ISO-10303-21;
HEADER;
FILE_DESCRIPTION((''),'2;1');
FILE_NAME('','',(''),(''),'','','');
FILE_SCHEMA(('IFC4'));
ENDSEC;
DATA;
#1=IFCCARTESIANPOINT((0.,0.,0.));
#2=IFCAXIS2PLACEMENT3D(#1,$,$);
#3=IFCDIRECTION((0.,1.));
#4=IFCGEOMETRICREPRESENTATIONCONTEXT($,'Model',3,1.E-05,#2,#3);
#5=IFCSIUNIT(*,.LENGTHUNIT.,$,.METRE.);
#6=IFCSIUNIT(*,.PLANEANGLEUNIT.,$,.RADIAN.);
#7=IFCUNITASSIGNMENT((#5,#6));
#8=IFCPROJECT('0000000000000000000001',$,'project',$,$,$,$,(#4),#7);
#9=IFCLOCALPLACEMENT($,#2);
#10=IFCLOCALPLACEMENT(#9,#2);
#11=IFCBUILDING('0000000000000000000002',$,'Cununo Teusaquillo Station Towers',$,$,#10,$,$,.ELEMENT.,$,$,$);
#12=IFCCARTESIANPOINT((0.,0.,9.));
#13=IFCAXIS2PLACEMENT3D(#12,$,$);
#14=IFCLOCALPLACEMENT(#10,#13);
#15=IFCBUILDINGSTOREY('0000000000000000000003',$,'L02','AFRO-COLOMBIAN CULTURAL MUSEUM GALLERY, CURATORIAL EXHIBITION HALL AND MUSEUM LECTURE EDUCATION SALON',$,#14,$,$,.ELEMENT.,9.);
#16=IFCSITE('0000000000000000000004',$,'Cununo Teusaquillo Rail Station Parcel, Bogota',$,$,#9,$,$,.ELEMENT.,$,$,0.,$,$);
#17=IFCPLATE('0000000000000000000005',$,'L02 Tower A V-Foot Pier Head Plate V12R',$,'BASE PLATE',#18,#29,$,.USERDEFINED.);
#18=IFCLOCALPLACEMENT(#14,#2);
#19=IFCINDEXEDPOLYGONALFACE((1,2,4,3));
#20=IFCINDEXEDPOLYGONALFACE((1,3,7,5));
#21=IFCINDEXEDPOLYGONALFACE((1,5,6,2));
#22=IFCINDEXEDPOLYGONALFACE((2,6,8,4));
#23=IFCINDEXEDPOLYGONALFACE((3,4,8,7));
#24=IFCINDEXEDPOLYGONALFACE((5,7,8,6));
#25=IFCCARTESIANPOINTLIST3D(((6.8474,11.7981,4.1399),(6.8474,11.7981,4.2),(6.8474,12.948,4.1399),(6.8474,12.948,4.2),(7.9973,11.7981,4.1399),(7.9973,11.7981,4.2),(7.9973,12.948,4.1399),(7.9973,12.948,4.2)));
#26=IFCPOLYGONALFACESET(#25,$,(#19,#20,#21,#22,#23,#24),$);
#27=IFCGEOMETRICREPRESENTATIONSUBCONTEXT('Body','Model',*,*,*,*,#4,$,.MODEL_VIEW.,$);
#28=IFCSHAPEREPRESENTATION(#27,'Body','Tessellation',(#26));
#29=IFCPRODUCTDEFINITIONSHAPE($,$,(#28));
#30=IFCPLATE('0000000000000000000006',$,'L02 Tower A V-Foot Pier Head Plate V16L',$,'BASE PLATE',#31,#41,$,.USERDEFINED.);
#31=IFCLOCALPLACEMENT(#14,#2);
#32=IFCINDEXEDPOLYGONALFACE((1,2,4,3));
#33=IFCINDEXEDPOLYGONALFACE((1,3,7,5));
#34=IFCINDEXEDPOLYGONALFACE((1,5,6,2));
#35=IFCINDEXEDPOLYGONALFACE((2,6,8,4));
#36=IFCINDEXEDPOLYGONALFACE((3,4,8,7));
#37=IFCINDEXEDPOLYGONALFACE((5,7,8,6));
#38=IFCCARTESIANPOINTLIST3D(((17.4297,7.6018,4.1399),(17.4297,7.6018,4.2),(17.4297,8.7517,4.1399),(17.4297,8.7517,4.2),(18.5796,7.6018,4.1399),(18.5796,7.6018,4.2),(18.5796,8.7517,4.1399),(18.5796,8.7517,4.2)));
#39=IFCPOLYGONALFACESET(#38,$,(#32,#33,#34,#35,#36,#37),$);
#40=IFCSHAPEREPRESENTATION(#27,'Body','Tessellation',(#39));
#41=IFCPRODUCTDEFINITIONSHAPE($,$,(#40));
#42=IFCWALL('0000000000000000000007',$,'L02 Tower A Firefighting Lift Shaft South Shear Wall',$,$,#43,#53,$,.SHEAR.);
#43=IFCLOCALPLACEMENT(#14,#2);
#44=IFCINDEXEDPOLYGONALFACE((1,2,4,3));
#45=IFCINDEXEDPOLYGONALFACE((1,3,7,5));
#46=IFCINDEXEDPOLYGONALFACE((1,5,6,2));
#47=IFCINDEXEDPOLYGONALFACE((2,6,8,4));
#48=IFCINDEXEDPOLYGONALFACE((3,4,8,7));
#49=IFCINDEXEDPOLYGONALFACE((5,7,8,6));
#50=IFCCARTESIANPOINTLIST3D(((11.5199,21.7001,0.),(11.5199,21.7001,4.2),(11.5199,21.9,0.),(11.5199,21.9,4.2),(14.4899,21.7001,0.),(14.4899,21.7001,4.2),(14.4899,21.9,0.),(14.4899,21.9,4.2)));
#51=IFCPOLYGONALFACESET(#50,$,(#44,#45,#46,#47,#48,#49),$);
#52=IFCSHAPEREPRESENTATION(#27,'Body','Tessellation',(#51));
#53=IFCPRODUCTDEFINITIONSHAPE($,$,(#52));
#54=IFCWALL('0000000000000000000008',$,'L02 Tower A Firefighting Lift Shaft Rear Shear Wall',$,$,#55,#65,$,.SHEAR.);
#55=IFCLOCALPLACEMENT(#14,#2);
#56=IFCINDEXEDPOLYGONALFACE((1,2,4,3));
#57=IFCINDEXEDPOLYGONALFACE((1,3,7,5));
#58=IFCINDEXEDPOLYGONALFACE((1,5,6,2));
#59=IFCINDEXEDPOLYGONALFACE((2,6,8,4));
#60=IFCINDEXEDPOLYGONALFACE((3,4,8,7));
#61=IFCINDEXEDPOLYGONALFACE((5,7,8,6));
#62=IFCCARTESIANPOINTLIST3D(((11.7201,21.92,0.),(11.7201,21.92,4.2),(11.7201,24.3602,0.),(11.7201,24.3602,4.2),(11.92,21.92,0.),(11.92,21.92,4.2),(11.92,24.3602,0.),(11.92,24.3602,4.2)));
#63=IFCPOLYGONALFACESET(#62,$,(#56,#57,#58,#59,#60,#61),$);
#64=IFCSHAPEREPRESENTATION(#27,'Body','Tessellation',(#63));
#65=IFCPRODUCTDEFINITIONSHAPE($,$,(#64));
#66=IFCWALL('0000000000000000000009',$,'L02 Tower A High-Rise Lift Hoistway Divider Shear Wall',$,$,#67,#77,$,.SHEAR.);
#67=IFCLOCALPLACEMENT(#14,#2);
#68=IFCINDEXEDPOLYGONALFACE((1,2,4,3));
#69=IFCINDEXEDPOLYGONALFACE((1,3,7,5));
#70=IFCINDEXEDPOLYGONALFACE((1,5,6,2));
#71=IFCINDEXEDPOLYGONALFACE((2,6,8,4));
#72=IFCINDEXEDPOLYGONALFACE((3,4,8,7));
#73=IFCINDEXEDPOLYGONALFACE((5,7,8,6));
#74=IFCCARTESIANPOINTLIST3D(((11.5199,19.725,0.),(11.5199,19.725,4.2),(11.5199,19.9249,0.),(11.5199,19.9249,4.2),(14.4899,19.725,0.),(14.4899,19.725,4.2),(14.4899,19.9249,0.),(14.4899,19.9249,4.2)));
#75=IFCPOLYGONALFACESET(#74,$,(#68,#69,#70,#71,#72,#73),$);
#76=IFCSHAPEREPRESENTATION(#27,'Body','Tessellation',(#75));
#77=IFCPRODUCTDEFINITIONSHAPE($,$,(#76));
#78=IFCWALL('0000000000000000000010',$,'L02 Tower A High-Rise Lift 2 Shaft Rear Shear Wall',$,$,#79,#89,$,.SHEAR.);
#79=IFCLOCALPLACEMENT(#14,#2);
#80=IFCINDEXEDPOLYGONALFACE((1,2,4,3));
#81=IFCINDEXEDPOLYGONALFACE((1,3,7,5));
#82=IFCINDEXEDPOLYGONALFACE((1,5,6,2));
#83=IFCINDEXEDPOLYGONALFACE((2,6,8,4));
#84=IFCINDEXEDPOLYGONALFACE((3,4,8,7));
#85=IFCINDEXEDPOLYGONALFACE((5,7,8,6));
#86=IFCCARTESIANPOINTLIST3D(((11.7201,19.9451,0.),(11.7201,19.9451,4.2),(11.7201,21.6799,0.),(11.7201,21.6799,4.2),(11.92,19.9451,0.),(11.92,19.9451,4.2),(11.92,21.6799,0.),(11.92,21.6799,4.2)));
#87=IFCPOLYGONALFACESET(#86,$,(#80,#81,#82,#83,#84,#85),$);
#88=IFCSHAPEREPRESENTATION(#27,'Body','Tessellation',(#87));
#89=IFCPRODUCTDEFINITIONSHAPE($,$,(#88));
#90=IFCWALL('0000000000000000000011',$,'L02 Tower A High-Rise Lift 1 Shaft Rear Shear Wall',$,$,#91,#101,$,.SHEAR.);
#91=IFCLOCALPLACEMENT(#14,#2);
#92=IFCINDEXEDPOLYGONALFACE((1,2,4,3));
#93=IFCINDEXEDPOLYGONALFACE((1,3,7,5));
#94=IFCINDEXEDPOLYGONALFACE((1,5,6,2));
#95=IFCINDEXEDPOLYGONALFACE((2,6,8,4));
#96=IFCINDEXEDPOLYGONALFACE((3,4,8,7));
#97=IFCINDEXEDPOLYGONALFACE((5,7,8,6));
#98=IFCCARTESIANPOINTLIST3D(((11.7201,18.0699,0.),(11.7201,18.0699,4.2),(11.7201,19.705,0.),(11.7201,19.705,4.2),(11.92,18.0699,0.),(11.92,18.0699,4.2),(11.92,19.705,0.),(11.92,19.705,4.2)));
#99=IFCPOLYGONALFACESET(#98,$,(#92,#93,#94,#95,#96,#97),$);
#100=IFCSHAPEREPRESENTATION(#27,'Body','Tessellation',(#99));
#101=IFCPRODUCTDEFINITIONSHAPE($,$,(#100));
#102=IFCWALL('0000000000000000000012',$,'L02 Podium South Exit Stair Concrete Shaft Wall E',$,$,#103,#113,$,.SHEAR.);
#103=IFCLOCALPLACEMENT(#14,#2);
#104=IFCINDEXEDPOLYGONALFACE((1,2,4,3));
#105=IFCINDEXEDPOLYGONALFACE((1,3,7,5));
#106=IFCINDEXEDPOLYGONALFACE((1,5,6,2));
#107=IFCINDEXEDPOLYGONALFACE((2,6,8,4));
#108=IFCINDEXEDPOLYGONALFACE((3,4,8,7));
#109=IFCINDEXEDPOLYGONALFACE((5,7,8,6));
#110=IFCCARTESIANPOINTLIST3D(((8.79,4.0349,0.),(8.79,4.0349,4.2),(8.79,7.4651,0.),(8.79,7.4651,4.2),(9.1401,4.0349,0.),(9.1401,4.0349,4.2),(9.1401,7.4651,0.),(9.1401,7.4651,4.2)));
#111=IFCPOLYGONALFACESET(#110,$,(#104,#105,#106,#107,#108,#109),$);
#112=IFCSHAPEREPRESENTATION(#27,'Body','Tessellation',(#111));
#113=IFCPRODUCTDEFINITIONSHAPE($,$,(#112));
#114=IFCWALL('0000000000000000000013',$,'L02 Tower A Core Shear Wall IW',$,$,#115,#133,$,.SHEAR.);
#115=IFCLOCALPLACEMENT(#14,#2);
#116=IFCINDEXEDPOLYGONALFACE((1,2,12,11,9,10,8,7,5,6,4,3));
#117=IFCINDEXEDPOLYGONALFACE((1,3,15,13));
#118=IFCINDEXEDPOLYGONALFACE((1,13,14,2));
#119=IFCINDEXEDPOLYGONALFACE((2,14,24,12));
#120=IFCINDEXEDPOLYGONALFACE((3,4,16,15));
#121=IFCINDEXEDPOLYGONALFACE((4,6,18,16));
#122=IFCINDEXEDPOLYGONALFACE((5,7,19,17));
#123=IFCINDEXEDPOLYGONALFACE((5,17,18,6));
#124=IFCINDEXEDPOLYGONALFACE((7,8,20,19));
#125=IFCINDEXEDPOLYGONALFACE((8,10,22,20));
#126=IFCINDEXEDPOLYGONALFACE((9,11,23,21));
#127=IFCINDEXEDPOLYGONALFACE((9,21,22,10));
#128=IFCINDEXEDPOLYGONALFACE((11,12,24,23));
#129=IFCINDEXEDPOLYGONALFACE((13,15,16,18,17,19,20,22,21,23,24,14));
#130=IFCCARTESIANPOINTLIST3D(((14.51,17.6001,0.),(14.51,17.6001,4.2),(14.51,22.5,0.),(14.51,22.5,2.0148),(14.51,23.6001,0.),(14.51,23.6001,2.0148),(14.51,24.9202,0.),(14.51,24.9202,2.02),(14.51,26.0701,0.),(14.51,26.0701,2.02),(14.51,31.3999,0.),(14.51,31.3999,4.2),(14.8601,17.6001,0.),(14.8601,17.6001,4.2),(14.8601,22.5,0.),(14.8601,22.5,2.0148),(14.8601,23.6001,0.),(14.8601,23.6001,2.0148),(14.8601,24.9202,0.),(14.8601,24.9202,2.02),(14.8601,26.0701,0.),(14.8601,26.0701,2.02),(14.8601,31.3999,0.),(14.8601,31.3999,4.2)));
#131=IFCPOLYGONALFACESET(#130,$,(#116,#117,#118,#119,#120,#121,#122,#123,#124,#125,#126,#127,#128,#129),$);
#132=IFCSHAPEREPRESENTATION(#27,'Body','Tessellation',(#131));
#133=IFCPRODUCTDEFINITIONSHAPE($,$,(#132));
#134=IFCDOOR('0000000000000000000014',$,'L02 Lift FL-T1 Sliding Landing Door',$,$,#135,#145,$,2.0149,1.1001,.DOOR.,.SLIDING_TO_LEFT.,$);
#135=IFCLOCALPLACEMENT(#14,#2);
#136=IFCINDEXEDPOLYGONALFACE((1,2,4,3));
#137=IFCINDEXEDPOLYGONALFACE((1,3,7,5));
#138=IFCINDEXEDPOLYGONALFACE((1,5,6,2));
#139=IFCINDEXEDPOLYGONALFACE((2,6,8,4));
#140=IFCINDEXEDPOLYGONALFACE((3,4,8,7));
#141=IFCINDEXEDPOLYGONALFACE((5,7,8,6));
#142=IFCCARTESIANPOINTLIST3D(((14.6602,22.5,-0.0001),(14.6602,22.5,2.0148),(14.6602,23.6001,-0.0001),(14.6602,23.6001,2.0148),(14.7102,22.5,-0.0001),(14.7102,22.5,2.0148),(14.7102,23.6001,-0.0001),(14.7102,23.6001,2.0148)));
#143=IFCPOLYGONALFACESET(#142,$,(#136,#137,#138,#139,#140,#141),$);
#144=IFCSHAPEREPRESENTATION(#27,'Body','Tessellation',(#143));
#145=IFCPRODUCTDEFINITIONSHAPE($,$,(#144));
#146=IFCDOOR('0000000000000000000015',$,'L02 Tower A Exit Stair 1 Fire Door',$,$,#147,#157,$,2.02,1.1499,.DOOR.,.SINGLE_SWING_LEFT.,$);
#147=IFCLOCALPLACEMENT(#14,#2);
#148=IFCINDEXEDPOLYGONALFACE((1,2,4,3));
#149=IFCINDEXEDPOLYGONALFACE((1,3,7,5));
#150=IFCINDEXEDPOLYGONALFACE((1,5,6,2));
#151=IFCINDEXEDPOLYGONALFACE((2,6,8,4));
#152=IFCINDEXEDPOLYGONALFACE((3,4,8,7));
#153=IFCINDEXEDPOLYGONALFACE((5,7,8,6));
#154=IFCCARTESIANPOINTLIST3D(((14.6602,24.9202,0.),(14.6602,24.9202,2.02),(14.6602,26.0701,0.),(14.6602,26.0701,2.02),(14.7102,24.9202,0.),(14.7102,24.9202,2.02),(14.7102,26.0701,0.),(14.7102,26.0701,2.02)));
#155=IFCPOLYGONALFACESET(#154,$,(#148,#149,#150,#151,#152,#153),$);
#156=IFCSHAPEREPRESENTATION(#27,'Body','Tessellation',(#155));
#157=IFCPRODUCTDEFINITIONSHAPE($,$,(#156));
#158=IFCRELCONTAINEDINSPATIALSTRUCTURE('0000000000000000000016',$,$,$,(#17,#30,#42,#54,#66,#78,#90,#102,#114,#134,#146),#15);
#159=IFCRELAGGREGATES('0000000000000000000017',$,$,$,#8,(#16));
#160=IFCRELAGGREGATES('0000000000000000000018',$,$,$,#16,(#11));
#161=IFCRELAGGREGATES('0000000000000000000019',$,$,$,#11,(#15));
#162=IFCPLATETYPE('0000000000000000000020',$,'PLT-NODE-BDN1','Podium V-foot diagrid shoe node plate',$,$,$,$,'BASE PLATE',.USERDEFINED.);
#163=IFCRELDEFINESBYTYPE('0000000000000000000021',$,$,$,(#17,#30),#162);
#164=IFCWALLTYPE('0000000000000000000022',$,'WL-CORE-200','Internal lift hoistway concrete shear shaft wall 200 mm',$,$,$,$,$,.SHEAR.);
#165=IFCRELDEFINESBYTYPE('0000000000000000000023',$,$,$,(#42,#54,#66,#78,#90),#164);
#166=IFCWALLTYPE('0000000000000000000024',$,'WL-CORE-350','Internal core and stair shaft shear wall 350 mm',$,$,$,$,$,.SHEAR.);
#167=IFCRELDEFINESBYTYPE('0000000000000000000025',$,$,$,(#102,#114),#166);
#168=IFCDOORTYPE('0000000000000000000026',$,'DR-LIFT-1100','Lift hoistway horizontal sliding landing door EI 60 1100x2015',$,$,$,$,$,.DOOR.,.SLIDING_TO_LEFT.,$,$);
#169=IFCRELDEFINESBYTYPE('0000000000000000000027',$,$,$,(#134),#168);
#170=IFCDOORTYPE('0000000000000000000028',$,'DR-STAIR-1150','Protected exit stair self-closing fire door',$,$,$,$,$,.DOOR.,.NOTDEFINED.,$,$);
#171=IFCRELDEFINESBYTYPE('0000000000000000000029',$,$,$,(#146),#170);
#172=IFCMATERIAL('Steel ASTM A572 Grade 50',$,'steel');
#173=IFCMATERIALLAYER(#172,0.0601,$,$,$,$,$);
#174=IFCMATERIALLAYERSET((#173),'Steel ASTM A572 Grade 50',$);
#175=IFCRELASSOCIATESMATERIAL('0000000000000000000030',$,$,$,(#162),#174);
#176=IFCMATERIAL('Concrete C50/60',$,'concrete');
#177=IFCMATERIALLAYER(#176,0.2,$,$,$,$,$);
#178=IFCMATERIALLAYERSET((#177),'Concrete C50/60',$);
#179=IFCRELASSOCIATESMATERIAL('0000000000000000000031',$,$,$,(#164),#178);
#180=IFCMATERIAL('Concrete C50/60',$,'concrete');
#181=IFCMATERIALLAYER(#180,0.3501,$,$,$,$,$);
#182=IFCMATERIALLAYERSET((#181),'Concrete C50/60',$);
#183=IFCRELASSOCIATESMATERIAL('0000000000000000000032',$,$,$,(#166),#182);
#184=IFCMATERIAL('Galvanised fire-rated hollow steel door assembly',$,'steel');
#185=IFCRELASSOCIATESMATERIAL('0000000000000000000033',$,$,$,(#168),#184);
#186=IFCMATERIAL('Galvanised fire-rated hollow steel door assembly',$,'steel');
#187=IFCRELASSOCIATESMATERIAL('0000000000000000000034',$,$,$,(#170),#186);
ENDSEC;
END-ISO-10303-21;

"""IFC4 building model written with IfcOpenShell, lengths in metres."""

from ifc_helpers import new_model, si_unit, direction, frame, frame_2d, origin, origin_2d, place, context, subcontext, project, spatial, rectangle, extrude, source, transform, mapped, material, layer, layer_set, type_object, element, fill, save


model = new_model("IFC4")

# Units and contexts
model_context = context("Model", 3, precision=1e-05, world=origin(), true_north=direction((0.0, 1.0)))
body_context = subcontext(model_context, "Body", "Model", "MODEL_VIEW")
ifc_project = project(units=[si_unit("LENGTHUNIT", "METRE"), si_unit("PLANEANGLEUNIT", "RADIAN")], contexts=[model_context])

# Site, building, storey
site_placement = place(None, origin())
site = spatial("IfcSite", under=ifc_project, at=site_placement, Name="Cununo Teusaquillo Rail Station Parcel, Bogota", CompositionType="ELEMENT", RefElevation=0.0)
building_placement = place(site_placement, origin())
building = spatial("IfcBuilding", under=site, at=building_placement, Name="Cununo Teusaquillo Station Towers", CompositionType="ELEMENT")
storey_placement = place(building_placement, frame((0.0, 0.0, 9.0)))
storey = spatial("IfcBuildingStorey", under=building, at=storey_placement, Name="L02", Description="AFRO-COLOMBIAN CULTURAL MUSEUM GALLERY, CURATORIAL EXHIBITION HALL AND MUSEUM LECTURE EDUCATION SALON", CompositionType="ELEMENT", Elevation=9.0)

# Plates
ifc_material_1 = material(Name="Steel ASTM A572 Grade 50", Category="steel")
ifc_layer_1 = layer(ifc_material_1, 0.0601)
ifc_layer_set_1 = layer_set([ifc_layer_1], Name="Steel ASTM A572 Grade 50")
plate_type = type_object("IfcPlateType", Name="PLT-NODE-BDN1", Description="Podium V-foot diagrid shoe node plate", ElementType="BASE PLATE", PredefinedType="USERDEFINED", material=ifc_layer_set_1)
shared_shape_1 = source(origin(), body_context, "Body", "SweptSolid", [
    extrude(rectangle(XDim=1.1499, YDim=1.1499, at=origin_2d()), origin(), (0.0, 0.0, 1.0), 0.0601),
])
for number, where, z_axis, x_axis, name in (
    (1, (7.4224, 12.373, 4.1399), (0.0, 0.0, 1.0), (1.0, 0.0, 0.0), "L02 Tower A V-Foot Pier Head Plate V12R"),
    (2, (18.0046, 8.1768, 4.1399), (0.0, 0.0, 1.0), (1.0, 0.0, 0.0), "L02 Tower A V-Foot Pier Head Plate V16L"),
):
    element("IfcPlate", number, at=place(storey_placement, frame(where, z_axis=z_axis, x_axis=x_axis)), inside=storey, type_object=plate_type, Name=name, ObjectType="BASE PLATE", PredefinedType="USERDEFINED", context=body_context, shape_type="MappedRepresentation", body=[
        mapped(shared_shape_1, transform((0.0, 0.0, 0.0), x_axis=(1.0, 0.0, 0.0), y_axis=(0.0, 1.0, 0.0), z_axis=(0.0, 0.0, 1.0), scale=1.0)),
    ])

# Walls
ifc_material_2 = material(Name="Concrete C50/60", Category="concrete")
ifc_layer_2 = layer(ifc_material_2, 0.2)
ifc_layer_set_2 = layer_set([ifc_layer_2], Name="Concrete C50/60")
wall_type_1 = type_object("IfcWallType", Name="WL-CORE-200", Description="Internal lift hoistway concrete shear shaft wall 200 mm", PredefinedType="SHEAR", material=ifc_layer_set_2)
wall_1_placement = place(storey_placement, frame((11.52, 21.8, 0.0), z_axis=(0.0, 0.0, 1.0), x_axis=(1.0, 0.0, 0.0)))
element("IfcWall", 3, at=wall_1_placement, inside=storey, type_object=wall_type_1, Name="L02 Tower A Firefighting Lift Shaft South Shear Wall", PredefinedType="SHEAR", context=body_context, shape_type="SweptSolid", body=[
    extrude(rectangle(XDim=2.97, YDim=0.2, at=frame_2d((1.4849, 0.0))), origin(), (0.0, 0.0, 1.0), 4.2),
])
wall_2_placement = place(storey_placement, frame((11.8201, 21.9199, 0.0), z_axis=(0.0, 0.0, 1.0), x_axis=(0.0, 1.0, 0.0)))
element("IfcWall", 4, at=wall_2_placement, inside=storey, type_object=wall_type_1, Name="L02 Tower A Firefighting Lift Shaft Rear Shear Wall", PredefinedType="SHEAR", context=body_context, shape_type="SweptSolid", body=[
    extrude(rectangle(XDim=2.4402, YDim=0.2, at=frame_2d((1.2202, 0.0))), origin(), (0.0, 0.0, 1.0), 4.2),
])
wall_3_placement = place(storey_placement, frame((11.52, 19.825, 0.0), z_axis=(0.0, 0.0, 1.0), x_axis=(1.0, 0.0, 0.0)))
element("IfcWall", 5, at=wall_3_placement, inside=storey, type_object=wall_type_1, Name="L02 Tower A High-Rise Lift Hoistway Divider Shear Wall", PredefinedType="SHEAR", context=body_context, shape_type="SweptSolid", body=[
    extrude(rectangle(XDim=2.97, YDim=0.2, at=frame_2d((1.4849, 0.0))), origin(), (0.0, 0.0, 1.0), 4.2),
])
wall_4_placement = place(storey_placement, frame((11.8201, 19.9451, 0.0), z_axis=(0.0, 0.0, 1.0), x_axis=(0.0, 1.0, 0.0)))
element("IfcWall", 6, at=wall_4_placement, inside=storey, type_object=wall_type_1, Name="L02 Tower A High-Rise Lift 2 Shaft Rear Shear Wall", PredefinedType="SHEAR", context=body_context, shape_type="SweptSolid", body=[
    extrude(rectangle(XDim=1.7349, YDim=0.2, at=frame_2d((0.8674, 0.0))), origin(), (0.0, 0.0, 1.0), 4.2),
])
wall_5_placement = place(storey_placement, frame((11.8201, 18.0701, 0.0), z_axis=(0.0, 0.0, 1.0), x_axis=(0.0, 1.0, 0.0)))
element("IfcWall", 7, at=wall_5_placement, inside=storey, type_object=wall_type_1, Name="L02 Tower A High-Rise Lift 1 Shaft Rear Shear Wall", PredefinedType="SHEAR", context=body_context, shape_type="SweptSolid", body=[
    extrude(rectangle(XDim=1.635, YDim=0.2, at=frame_2d((0.8174, 0.0))), origin(), (0.0, 0.0, 1.0), 4.2),
])
ifc_material_3 = material(Name="Concrete C50/60", Category="concrete")
ifc_layer_3 = layer(ifc_material_3, 0.3501)
ifc_layer_set_3 = layer_set([ifc_layer_3], Name="Concrete C50/60")
wall_type_2 = type_object("IfcWallType", Name="WL-CORE-350", Description="Internal core and stair shaft shear wall 350 mm", PredefinedType="SHEAR", material=ifc_layer_set_3)
wall_6_placement = place(storey_placement, frame((8.9651, 4.0349, 0.0), z_axis=(0.0, 0.0, 1.0), x_axis=(0.0, 1.0, 0.0)))
element("IfcWall", 8, at=wall_6_placement, inside=storey, type_object=wall_type_2, Name="L02 Podium South Exit Stair Concrete Shaft Wall E", PredefinedType="SHEAR", context=body_context, shape_type="SweptSolid", body=[
    extrude(rectangle(XDim=3.4302, YDim=0.3501, at=frame_2d((1.7151, 0.0))), origin(), (0.0, 0.0, 1.0), 4.2),
])

# Wall, openings, doors
wall_7_placement = place(storey_placement, frame((14.6851, 17.6001, 0.0), z_axis=(0.0, 0.0, 1.0), x_axis=(0.0, 1.0, 0.0)))
wall_7 = element("IfcWall", 9, at=wall_7_placement, inside=storey, type_object=wall_type_2, Name="L02 Tower A Core Shear Wall IW", PredefinedType="SHEAR", context=body_context, shape_type="SweptSolid", body=[
    extrude(rectangle(XDim=13.7998, YDim=0.3501, at=frame_2d((6.8999, 0.0))), origin(), (0.0, 0.0, 1.0), 4.2),
])
shared_shape_2 = source(origin(), body_context, "Body", "SweptSolid", [
    extrude(rectangle(XDim=1.1001, YDim=2.0149, at=frame_2d((0.55, 1.0073))), frame((0.0, 0.1851, 0.0), z_axis=(0.0, -1.0, 0.0), x_axis=(1.0, 0.0, 0.0)), (0.0, 0.0, 1.0), 0.3701),
])
opening_1_placement = place(wall_7_placement, frame((4.8999, 0.0, 0.0)))
opening_1 = element("IfcOpeningElement", 10, at=opening_1_placement, cuts=wall_7, PredefinedType="OPENING", context=body_context, shape_type="MappedRepresentation", body=[
    mapped(shared_shape_2, transform((0.0, 0.0, 0.0), x_axis=(1.0, 0.0, 0.0), y_axis=(0.0, 1.0, 0.0), z_axis=(0.0, 0.0, 1.0), scale=1.0)),
])
shared_shape_3 = source(origin(), body_context, "Body", "SweptSolid", [
    extrude(rectangle(XDim=1.1499, YDim=2.02, at=frame_2d((0.575, 1.01))), frame((0.0, 0.1851, 0.0), z_axis=(0.0, -1.0, 0.0), x_axis=(1.0, 0.0, 0.0)), (0.0, 0.0, 1.0), 0.3701),
])
opening_2_placement = place(wall_7_placement, frame((7.3201, 0.0, 0.0)))
opening_2 = element("IfcOpeningElement", 11, at=opening_2_placement, cuts=wall_7, PredefinedType="OPENING", context=body_context, shape_type="MappedRepresentation", body=[
    mapped(shared_shape_3, transform((0.0, 0.0, 0.0), x_axis=(1.0, 0.0, 0.0), y_axis=(0.0, 1.0, 0.0), z_axis=(0.0, 0.0, 1.0), scale=1.0)),
])
ifc_material_4 = material(Name="Galvanised fire-rated hollow steel door assembly", Category="steel")
door_type_1 = type_object("IfcDoorType", Name="DR-LIFT-1100", Description="Lift hoistway horizontal sliding landing door EI 60 1100x2015", OperationType="SLIDING_TO_LEFT", PredefinedType="DOOR", material=ifc_material_4)
shared_shape_4 = source(origin(), body_context, "Body", "SweptSolid", [
    extrude(rectangle(XDim=1.1001, YDim=2.0149, at=frame_2d((0.55, 1.0073))), frame((0.0, 0.0249, 0.0), z_axis=(0.0, -1.0, 0.0), x_axis=(1.0, 0.0, 0.0)), (0.0, 0.0, 1.0), 0.05),
])
door_1_placement = place(opening_1_placement, origin())
door_1 = element("IfcDoor", 12, at=door_1_placement, inside=storey, type_object=door_type_1, Name="L02 Lift FL-T1 Sliding Landing Door", OperationType="SLIDING_TO_LEFT", OverallHeight=2.0149, OverallWidth=1.1001, PredefinedType="DOOR", context=body_context, shape_type="MappedRepresentation", body=[
    mapped(shared_shape_4, transform((0.0, 0.0, 0.0), x_axis=(1.0, 0.0, 0.0), y_axis=(0.0, 1.0, 0.0), z_axis=(0.0, 0.0, 1.0), scale=1.0)),
])
fill(opening_1, door_1)
ifc_material_5 = material(Name="Galvanised fire-rated hollow steel door assembly", Category="steel")
door_type_2 = type_object("IfcDoorType", Name="DR-STAIR-1150", Description="Protected exit stair self-closing fire door", OperationType="NOTDEFINED", PredefinedType="DOOR", material=ifc_material_5)
shared_shape_5 = source(origin(), body_context, "Body", "SweptSolid", [
    extrude(rectangle(XDim=1.1499, YDim=2.02, at=frame_2d((0.575, 1.01))), frame((0.0, 0.0249, 0.0), z_axis=(0.0, -1.0, 0.0), x_axis=(1.0, 0.0, 0.0)), (0.0, 0.0, 1.0), 0.05),
])
door_2_placement = place(opening_2_placement, origin())
door_2 = element("IfcDoor", 13, at=door_2_placement, inside=storey, type_object=door_type_2, Name="L02 Tower A Exit Stair 1 Fire Door", OperationType="SINGLE_SWING_LEFT", OverallHeight=2.02, OverallWidth=1.1499, PredefinedType="DOOR", context=body_context, shape_type="MappedRepresentation", body=[
    mapped(shared_shape_5, transform((0.0, 0.0, 0.0), x_axis=(1.0, 0.0, 0.0), y_axis=(0.0, 1.0, 0.0), z_axis=(0.0, 0.0, 1.0), scale=1.0)),
])
fill(opening_2, door_2)

save(model, "model.ifc")
